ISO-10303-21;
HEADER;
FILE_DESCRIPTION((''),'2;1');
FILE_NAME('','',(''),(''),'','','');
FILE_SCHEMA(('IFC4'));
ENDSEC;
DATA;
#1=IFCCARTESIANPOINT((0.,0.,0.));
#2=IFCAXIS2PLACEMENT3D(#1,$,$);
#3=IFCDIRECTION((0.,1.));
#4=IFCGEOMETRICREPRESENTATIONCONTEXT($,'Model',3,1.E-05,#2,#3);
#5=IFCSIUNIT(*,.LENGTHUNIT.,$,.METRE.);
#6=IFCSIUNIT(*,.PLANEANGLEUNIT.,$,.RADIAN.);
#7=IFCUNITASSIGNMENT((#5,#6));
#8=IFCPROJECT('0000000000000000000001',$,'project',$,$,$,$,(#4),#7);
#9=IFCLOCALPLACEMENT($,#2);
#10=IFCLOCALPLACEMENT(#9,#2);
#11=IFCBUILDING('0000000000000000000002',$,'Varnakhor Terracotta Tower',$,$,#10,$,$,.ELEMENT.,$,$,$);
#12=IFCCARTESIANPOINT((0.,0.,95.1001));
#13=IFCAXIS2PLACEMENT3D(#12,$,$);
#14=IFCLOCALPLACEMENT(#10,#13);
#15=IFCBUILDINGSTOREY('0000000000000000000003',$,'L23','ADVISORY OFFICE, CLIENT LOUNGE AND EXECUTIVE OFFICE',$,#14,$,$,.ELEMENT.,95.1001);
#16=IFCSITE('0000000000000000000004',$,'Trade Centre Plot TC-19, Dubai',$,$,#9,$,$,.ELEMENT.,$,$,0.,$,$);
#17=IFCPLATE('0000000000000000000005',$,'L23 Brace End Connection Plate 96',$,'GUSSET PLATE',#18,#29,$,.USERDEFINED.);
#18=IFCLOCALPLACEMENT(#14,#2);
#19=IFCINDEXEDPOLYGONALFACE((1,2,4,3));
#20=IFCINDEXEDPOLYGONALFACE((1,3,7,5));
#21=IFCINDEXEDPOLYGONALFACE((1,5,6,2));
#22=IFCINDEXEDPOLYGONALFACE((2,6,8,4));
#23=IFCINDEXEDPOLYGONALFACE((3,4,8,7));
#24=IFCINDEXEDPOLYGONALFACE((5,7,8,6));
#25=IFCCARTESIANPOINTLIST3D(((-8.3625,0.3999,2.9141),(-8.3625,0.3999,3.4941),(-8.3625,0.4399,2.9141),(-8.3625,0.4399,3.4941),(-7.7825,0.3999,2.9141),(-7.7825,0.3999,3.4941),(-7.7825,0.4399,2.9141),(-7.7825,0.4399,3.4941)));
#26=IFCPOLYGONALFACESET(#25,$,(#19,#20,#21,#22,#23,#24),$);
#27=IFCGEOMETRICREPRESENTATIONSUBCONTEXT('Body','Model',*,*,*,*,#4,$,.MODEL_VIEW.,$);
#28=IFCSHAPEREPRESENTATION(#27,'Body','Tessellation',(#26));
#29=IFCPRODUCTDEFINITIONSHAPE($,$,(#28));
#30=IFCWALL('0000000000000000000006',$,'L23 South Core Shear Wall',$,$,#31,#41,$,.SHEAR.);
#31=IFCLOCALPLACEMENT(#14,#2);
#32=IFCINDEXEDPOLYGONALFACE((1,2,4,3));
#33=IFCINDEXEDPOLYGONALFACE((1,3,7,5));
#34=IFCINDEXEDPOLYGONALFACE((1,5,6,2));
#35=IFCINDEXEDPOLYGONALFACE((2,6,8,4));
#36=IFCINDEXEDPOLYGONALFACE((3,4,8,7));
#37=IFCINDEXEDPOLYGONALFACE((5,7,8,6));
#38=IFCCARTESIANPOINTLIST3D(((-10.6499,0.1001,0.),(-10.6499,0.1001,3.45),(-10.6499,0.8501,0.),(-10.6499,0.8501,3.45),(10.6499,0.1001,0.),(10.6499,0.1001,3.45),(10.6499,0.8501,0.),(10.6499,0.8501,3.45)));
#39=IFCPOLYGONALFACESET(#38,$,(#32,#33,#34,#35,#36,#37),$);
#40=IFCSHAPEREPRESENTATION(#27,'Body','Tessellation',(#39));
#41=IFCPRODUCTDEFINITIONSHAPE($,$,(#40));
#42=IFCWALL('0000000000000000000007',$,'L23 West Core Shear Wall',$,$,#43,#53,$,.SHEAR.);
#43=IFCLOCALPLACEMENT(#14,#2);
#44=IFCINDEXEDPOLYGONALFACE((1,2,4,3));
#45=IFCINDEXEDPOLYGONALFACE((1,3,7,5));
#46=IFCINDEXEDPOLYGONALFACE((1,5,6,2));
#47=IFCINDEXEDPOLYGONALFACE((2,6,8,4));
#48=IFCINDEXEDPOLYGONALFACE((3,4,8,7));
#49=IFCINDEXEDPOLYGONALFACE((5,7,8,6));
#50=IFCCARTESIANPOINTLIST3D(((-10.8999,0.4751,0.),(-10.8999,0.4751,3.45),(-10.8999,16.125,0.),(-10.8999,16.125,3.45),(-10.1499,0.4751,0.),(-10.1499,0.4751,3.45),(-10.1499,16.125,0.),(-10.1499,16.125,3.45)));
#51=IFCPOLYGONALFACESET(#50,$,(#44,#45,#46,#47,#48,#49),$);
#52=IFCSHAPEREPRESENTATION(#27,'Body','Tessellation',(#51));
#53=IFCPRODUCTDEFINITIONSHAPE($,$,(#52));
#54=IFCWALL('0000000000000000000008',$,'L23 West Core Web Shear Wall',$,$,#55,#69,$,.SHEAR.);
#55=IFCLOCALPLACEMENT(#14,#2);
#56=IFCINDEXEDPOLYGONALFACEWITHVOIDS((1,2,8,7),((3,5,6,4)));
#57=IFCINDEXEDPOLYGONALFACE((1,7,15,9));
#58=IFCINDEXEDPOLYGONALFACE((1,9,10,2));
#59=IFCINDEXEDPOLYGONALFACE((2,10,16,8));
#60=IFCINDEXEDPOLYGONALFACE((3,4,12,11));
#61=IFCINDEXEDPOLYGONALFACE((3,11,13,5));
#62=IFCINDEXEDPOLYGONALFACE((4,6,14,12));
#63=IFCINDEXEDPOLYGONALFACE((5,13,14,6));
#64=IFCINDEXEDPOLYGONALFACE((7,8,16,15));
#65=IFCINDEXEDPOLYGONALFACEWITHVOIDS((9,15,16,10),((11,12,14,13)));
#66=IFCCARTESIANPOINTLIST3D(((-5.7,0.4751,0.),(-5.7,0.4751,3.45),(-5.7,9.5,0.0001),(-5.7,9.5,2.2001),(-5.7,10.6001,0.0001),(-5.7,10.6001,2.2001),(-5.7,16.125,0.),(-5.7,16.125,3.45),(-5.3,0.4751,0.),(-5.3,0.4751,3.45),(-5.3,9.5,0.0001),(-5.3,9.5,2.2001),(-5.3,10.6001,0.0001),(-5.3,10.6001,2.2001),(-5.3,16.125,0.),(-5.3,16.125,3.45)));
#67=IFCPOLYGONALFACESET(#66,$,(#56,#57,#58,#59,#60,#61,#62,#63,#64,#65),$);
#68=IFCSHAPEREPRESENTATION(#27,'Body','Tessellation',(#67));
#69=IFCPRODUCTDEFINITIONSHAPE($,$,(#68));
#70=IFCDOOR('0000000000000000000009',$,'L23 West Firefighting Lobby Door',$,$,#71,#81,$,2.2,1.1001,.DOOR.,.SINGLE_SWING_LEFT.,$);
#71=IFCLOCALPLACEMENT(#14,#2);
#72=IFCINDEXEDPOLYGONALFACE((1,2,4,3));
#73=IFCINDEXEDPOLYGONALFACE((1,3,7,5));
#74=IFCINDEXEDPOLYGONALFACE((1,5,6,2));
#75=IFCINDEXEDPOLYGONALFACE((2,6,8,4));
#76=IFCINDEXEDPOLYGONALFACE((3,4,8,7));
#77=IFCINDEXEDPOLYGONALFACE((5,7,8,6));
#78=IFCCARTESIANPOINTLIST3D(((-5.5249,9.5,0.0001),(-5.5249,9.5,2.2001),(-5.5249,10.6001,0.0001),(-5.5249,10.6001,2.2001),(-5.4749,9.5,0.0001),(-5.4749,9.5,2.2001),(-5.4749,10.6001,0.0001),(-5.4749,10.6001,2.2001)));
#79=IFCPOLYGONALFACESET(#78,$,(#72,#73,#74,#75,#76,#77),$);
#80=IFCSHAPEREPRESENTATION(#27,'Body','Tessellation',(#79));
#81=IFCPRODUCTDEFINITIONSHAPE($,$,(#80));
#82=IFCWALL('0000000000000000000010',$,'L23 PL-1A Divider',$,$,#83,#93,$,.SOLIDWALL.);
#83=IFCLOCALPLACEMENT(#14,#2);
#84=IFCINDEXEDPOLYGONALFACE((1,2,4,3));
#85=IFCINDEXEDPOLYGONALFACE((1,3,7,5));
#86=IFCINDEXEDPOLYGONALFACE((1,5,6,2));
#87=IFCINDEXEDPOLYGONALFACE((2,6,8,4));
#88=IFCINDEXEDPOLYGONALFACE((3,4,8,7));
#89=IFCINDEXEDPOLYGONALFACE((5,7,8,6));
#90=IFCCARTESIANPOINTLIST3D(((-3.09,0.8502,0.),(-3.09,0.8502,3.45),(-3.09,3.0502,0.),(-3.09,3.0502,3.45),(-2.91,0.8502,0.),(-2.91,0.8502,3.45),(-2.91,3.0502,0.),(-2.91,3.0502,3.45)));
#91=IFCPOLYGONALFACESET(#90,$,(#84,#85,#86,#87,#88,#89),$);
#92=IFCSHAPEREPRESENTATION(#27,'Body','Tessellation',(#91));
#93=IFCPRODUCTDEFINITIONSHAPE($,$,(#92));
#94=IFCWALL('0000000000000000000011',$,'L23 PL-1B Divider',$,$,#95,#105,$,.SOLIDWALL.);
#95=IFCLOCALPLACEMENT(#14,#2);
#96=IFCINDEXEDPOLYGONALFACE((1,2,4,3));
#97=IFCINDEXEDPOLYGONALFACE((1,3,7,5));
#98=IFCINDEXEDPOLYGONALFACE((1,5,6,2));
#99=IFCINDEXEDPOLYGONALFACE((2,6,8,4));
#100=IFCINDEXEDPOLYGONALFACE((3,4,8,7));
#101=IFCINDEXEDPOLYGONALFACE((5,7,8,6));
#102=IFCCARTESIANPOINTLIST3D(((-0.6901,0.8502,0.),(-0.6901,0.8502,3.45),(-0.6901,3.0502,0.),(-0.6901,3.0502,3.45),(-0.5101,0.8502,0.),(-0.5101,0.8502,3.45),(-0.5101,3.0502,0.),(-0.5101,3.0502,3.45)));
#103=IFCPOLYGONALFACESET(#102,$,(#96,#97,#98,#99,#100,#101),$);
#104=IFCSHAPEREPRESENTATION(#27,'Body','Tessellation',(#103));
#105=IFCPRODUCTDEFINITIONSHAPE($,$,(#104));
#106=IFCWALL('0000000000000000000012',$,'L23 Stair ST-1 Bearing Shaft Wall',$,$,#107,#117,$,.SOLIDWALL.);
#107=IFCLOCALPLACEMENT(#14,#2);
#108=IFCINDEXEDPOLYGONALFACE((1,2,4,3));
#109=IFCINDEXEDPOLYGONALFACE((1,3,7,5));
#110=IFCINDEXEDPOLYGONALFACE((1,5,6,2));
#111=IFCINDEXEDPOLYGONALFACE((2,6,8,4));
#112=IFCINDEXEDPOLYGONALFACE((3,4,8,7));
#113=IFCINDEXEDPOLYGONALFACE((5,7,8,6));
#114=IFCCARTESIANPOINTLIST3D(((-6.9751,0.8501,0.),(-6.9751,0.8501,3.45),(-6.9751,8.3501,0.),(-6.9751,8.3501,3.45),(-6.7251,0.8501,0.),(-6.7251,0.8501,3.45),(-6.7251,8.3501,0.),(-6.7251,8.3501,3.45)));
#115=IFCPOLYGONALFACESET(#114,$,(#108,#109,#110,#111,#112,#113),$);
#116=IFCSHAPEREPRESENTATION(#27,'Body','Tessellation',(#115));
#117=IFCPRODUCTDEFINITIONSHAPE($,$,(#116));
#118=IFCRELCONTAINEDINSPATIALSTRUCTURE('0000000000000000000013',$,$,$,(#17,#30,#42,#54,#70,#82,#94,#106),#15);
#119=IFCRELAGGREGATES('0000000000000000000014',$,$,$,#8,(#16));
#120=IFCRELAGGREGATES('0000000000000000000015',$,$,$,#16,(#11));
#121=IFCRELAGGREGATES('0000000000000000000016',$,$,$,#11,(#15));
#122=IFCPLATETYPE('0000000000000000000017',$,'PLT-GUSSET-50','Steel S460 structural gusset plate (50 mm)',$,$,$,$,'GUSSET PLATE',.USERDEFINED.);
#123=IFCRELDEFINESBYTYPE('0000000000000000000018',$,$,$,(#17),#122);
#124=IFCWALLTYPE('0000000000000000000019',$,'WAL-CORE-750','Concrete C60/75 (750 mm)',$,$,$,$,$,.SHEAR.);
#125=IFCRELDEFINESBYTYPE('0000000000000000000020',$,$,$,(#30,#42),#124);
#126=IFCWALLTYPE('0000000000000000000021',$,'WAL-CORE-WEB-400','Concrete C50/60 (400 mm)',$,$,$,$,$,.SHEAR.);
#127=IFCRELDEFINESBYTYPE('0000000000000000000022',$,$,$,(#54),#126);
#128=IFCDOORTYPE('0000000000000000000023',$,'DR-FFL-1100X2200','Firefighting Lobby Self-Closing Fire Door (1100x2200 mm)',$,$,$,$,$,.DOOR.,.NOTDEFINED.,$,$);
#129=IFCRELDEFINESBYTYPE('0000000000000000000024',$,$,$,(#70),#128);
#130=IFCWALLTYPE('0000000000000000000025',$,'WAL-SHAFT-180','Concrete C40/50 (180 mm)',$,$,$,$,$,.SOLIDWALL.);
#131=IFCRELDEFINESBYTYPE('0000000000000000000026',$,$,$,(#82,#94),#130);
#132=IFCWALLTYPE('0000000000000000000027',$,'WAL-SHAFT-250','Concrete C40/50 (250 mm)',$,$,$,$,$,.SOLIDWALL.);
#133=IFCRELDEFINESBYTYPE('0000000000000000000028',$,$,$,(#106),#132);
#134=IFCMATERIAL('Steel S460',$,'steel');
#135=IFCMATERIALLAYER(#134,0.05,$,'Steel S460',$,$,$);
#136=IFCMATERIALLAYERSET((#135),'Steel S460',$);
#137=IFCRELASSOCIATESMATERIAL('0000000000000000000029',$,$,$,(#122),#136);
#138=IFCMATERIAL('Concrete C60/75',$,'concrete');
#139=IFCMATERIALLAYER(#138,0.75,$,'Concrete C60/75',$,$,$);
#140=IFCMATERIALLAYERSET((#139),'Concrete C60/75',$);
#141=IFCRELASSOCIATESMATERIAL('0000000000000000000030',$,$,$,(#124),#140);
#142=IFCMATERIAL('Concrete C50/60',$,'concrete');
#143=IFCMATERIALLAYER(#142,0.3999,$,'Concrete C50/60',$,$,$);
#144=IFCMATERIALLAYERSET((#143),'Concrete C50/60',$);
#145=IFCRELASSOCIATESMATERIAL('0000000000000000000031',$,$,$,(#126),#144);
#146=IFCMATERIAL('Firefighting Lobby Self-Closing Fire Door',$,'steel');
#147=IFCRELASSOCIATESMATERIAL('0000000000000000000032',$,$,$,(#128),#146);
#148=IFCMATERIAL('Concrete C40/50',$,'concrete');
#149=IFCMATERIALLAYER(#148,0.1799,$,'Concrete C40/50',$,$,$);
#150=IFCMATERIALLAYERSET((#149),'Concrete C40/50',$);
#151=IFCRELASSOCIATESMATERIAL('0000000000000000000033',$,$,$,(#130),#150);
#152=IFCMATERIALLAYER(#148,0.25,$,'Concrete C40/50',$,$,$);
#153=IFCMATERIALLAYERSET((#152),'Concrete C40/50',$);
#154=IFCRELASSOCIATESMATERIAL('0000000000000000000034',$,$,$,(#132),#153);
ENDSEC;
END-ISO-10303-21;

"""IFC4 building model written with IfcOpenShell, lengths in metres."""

from ifc_helpers import new_model, si_unit, direction, frame, frame_2d, origin, origin_2d, place, context, subcontext, project, spatial, rectangle, extrude, source, transform, mapped, material, layer, layer_set, type_object, type_shapes, element, fill, save


model = new_model("IFC4")

# Units and contexts
model_context = context("Model", 3, precision=1e-05, world=origin(), true_north=direction((0.0, 1.0)))
body_context = subcontext(model_context, "Body", "Model", "MODEL_VIEW")
ifc_project = project(units=[si_unit("LENGTHUNIT", "METRE"), si_unit("PLANEANGLEUNIT", "RADIAN")], contexts=[model_context])

# Site, building, storey
site_placement = place(None, origin())
site = spatial("IfcSite", under=ifc_project, at=site_placement, Name="Trade Centre Plot TC-19, Dubai", CompositionType="ELEMENT", RefElevation=0.0)
building_placement = place(site_placement, origin())
building = spatial("IfcBuilding", under=site, at=building_placement, Name="Varnakhor Terracotta Tower", CompositionType="ELEMENT")
storey_placement = place(building_placement, frame((0.0, 0.0, 95.1001)))
storey = spatial("IfcBuildingStorey", under=building, at=storey_placement, Name="L23", Description="ADVISORY OFFICE, CLIENT LOUNGE AND EXECUTIVE OFFICE", CompositionType="ELEMENT", Elevation=95.1001)

# Shared definitions
ifc_material_1 = material(Name="Concrete C50/60", Category="concrete")

# Shared definitions
ifc_material_2 = material(Name="Steel S460", Category="steel")

# Plate
ifc_layer_1 = layer(ifc_material_2, 0.05, Name="Steel S460")
ifc_layer_set_1 = layer_set([ifc_layer_1], Name="Steel S460")
plate_type = type_object("IfcPlateType", Name="PLT-GUSSET-50", Description="Steel S460 structural gusset plate (50 mm)", ElementType="GUSSET PLATE", PredefinedType="USERDEFINED", material=ifc_layer_set_1)
shared_shape_1 = source(origin(), body_context, "Body", "SweptSolid", [
    extrude(rectangle(XDim=0.5801, YDim=0.04, at=origin_2d()), origin(), (0.0, 0.0, 1.0), 0.5801),
])
plate_placement = place(storey_placement, frame((-8.0725, 0.4199, 2.9141), z_axis=(0.0, 0.0, 1.0), x_axis=(1.0, 0.0, 0.0)))
element("IfcPlate", 1, at=plate_placement, inside=storey, type_object=plate_type, Name="L23 Brace End Connection Plate 96", ObjectType="GUSSET PLATE", PredefinedType="USERDEFINED", context=body_context, shape_type="MappedRepresentation", body=[
    mapped(shared_shape_1, transform((0.0, 0.0, 0.0), scale=1.0)),
])

# Walls
ifc_material_3 = material(Name="Concrete C60/75", Category="concrete")
ifc_layer_2 = layer(ifc_material_3, 0.75, Name="Concrete C60/75")
ifc_layer_set_2 = layer_set([ifc_layer_2], Name="Concrete C60/75")
wall_type_1 = type_object("IfcWallType", Name="WAL-CORE-750", Description="Concrete C60/75 (750 mm)", PredefinedType="SHEAR", material=ifc_layer_set_2)
wall_1_placement = place(storey_placement, frame((-10.6499, 0.4751, 0.0), z_axis=(0.0, 0.0, 1.0), x_axis=(1.0, 0.0, 0.0)))
element("IfcWall", 2, at=wall_1_placement, inside=storey, type_object=wall_type_1, Name="L23 South Core Shear Wall", PredefinedType="SHEAR", context=body_context, shape_type="SweptSolid", body=[
    extrude(rectangle(XDim=21.2998, YDim=0.75, at=frame_2d((10.6499, 0.0))), origin(), (0.0, 0.0, 1.0), 3.45),
])
wall_2_placement = place(storey_placement, frame((-10.5249, 0.4751, 0.0), z_axis=(0.0, 0.0, 1.0), x_axis=(0.0, 1.0, 0.0)))
element("IfcWall", 3, at=wall_2_placement, inside=storey, type_object=wall_type_1, Name="L23 West Core Shear Wall", PredefinedType="SHEAR", context=body_context, shape_type="SweptSolid", body=[
    extrude(rectangle(XDim=15.6499, YDim=0.75, at=frame_2d((7.825, 0.0))), origin(), (0.0, 0.0, 1.0), 3.45),
])

# Wall, opening, door
ifc_layer_3 = layer(ifc_material_1, 0.3999, Name="Concrete C50/60")
ifc_layer_set_3 = layer_set([ifc_layer_3], Name="Concrete C50/60")
wall_type_2 = type_object("IfcWallType", Name="WAL-CORE-WEB-400", Description="Concrete C50/60 (400 mm)", PredefinedType="SHEAR", material=ifc_layer_set_3)
wall_3_placement = place(storey_placement, frame((-5.5, 0.4751, 0.0), z_axis=(0.0, 0.0, 1.0), x_axis=(0.0, 1.0, 0.0)))
wall_3 = element("IfcWall", 4, at=wall_3_placement, inside=storey, type_object=wall_type_2, Name="L23 West Core Web Shear Wall", PredefinedType="SHEAR", context=body_context, shape_type="SweptSolid", body=[
    extrude(rectangle(XDim=15.6499, YDim=0.3999, at=frame_2d((7.825, 0.0))), origin(), (0.0, 0.0, 1.0), 3.45),
])
opening_placement = place(wall_3_placement, frame((9.0249, 0.0, 0.0)))
opening = element("IfcOpeningElement", 5, at=opening_placement, cuts=wall_3, PredefinedType="OPENING", context=body_context, shape_type="SweptSolid", body=[
    extrude(rectangle(XDim=1.1001, YDim=2.2, at=frame_2d((0.55, 1.1001))), frame((0.0, 0.21, 0.0), z_axis=(0.0, -1.0, 0.0), x_axis=(1.0, 0.0, 0.0)), (0.0, 0.0, 1.0), 0.4199),
])
ifc_material_4 = material(Name="Firefighting Lobby Self-Closing Fire Door", Category="steel")
door_type = type_object("IfcDoorType", Name="DR-FFL-1100X2200", Description="Firefighting Lobby Self-Closing Fire Door (1100x2200 mm)", OperationType="NOTDEFINED", PredefinedType="DOOR", material=ifc_material_4)
shared_shape_2 = source(origin(), body_context, "Body", "SweptSolid", [
    extrude(rectangle(XDim=1.1001, YDim=2.2, at=frame_2d((0.55, 1.1001))), frame((0.0, 0.0249, 0.0), z_axis=(0.0, -1.0, 0.0), x_axis=(1.0, 0.0, 0.0)), (0.0, 0.0, 1.0), 0.05),
])
type_shapes(door_type, [shared_shape_2])
door_placement = place(opening_placement, origin())
door = element("IfcDoor", 6, at=door_placement, inside=storey, type_object=door_type, Name="L23 West Firefighting Lobby Door", OperationType="SINGLE_SWING_LEFT", OverallHeight=2.2, OverallWidth=1.1001, PredefinedType="DOOR", context=body_context, shape_type="MappedRepresentation", body=[
    mapped(shared_shape_2, transform((0.0, 0.0, 0.0), scale=1.0)),
])
fill(opening, door)

# Walls
ifc_material_5 = material(Name="Concrete C40/50", Category="concrete")
ifc_layer_4 = layer(ifc_material_5, 0.1799, Name="Concrete C40/50")
ifc_layer_set_4 = layer_set([ifc_layer_4], Name="Concrete C40/50")
wall_type_3 = type_object("IfcWallType", Name="WAL-SHAFT-180", Description="Concrete C40/50 (180 mm)", PredefinedType="SOLIDWALL", material=ifc_layer_set_4)
for number, where, z_axis, x_axis, name in (
    (7, (-3.0, 0.8501, 0.0), (0.0, 0.0, 1.0), (0.0, 1.0, 0.0), "L23 PL-1A Divider"),
    (8, (-0.6001, 0.8501, 0.0), (0.0, 0.0, 1.0), (0.0, 1.0, 0.0), "L23 PL-1B Divider"),
):
    element("IfcWall", number, at=place(storey_placement, frame(where, z_axis=z_axis, x_axis=x_axis)), inside=storey, type_object=wall_type_3, Name=name, PredefinedType="SOLIDWALL", context=body_context, shape_type="SweptSolid", body=[
        extrude(rectangle(XDim=2.2, YDim=0.1799, at=frame_2d((1.1001, 0.0))), origin(), (0.0, 0.0, 1.0), 3.45),
    ])
ifc_layer_5 = layer(ifc_material_5, 0.25, Name="Concrete C40/50")
ifc_layer_set_5 = layer_set([ifc_layer_5], Name="Concrete C40/50")
wall_type_4 = type_object("IfcWallType", Name="WAL-SHAFT-250", Description="Concrete C40/50 (250 mm)", PredefinedType="SOLIDWALL", material=ifc_layer_set_5)
wall_4_placement = place(storey_placement, frame((-6.8501, 0.8501, 0.0), z_axis=(0.0, 0.0, 1.0), x_axis=(0.0, 1.0, 0.0)))
element("IfcWall", 9, at=wall_4_placement, inside=storey, type_object=wall_type_4, Name="L23 Stair ST-1 Bearing Shaft Wall", PredefinedType="SOLIDWALL", context=body_context, shape_type="SweptSolid", body=[
    extrude(rectangle(XDim=7.5, YDim=0.25, at=frame_2d((3.75, 0.0))), origin(), (0.0, 0.0, 1.0), 3.45),
])

save(model, "model.ifc")
